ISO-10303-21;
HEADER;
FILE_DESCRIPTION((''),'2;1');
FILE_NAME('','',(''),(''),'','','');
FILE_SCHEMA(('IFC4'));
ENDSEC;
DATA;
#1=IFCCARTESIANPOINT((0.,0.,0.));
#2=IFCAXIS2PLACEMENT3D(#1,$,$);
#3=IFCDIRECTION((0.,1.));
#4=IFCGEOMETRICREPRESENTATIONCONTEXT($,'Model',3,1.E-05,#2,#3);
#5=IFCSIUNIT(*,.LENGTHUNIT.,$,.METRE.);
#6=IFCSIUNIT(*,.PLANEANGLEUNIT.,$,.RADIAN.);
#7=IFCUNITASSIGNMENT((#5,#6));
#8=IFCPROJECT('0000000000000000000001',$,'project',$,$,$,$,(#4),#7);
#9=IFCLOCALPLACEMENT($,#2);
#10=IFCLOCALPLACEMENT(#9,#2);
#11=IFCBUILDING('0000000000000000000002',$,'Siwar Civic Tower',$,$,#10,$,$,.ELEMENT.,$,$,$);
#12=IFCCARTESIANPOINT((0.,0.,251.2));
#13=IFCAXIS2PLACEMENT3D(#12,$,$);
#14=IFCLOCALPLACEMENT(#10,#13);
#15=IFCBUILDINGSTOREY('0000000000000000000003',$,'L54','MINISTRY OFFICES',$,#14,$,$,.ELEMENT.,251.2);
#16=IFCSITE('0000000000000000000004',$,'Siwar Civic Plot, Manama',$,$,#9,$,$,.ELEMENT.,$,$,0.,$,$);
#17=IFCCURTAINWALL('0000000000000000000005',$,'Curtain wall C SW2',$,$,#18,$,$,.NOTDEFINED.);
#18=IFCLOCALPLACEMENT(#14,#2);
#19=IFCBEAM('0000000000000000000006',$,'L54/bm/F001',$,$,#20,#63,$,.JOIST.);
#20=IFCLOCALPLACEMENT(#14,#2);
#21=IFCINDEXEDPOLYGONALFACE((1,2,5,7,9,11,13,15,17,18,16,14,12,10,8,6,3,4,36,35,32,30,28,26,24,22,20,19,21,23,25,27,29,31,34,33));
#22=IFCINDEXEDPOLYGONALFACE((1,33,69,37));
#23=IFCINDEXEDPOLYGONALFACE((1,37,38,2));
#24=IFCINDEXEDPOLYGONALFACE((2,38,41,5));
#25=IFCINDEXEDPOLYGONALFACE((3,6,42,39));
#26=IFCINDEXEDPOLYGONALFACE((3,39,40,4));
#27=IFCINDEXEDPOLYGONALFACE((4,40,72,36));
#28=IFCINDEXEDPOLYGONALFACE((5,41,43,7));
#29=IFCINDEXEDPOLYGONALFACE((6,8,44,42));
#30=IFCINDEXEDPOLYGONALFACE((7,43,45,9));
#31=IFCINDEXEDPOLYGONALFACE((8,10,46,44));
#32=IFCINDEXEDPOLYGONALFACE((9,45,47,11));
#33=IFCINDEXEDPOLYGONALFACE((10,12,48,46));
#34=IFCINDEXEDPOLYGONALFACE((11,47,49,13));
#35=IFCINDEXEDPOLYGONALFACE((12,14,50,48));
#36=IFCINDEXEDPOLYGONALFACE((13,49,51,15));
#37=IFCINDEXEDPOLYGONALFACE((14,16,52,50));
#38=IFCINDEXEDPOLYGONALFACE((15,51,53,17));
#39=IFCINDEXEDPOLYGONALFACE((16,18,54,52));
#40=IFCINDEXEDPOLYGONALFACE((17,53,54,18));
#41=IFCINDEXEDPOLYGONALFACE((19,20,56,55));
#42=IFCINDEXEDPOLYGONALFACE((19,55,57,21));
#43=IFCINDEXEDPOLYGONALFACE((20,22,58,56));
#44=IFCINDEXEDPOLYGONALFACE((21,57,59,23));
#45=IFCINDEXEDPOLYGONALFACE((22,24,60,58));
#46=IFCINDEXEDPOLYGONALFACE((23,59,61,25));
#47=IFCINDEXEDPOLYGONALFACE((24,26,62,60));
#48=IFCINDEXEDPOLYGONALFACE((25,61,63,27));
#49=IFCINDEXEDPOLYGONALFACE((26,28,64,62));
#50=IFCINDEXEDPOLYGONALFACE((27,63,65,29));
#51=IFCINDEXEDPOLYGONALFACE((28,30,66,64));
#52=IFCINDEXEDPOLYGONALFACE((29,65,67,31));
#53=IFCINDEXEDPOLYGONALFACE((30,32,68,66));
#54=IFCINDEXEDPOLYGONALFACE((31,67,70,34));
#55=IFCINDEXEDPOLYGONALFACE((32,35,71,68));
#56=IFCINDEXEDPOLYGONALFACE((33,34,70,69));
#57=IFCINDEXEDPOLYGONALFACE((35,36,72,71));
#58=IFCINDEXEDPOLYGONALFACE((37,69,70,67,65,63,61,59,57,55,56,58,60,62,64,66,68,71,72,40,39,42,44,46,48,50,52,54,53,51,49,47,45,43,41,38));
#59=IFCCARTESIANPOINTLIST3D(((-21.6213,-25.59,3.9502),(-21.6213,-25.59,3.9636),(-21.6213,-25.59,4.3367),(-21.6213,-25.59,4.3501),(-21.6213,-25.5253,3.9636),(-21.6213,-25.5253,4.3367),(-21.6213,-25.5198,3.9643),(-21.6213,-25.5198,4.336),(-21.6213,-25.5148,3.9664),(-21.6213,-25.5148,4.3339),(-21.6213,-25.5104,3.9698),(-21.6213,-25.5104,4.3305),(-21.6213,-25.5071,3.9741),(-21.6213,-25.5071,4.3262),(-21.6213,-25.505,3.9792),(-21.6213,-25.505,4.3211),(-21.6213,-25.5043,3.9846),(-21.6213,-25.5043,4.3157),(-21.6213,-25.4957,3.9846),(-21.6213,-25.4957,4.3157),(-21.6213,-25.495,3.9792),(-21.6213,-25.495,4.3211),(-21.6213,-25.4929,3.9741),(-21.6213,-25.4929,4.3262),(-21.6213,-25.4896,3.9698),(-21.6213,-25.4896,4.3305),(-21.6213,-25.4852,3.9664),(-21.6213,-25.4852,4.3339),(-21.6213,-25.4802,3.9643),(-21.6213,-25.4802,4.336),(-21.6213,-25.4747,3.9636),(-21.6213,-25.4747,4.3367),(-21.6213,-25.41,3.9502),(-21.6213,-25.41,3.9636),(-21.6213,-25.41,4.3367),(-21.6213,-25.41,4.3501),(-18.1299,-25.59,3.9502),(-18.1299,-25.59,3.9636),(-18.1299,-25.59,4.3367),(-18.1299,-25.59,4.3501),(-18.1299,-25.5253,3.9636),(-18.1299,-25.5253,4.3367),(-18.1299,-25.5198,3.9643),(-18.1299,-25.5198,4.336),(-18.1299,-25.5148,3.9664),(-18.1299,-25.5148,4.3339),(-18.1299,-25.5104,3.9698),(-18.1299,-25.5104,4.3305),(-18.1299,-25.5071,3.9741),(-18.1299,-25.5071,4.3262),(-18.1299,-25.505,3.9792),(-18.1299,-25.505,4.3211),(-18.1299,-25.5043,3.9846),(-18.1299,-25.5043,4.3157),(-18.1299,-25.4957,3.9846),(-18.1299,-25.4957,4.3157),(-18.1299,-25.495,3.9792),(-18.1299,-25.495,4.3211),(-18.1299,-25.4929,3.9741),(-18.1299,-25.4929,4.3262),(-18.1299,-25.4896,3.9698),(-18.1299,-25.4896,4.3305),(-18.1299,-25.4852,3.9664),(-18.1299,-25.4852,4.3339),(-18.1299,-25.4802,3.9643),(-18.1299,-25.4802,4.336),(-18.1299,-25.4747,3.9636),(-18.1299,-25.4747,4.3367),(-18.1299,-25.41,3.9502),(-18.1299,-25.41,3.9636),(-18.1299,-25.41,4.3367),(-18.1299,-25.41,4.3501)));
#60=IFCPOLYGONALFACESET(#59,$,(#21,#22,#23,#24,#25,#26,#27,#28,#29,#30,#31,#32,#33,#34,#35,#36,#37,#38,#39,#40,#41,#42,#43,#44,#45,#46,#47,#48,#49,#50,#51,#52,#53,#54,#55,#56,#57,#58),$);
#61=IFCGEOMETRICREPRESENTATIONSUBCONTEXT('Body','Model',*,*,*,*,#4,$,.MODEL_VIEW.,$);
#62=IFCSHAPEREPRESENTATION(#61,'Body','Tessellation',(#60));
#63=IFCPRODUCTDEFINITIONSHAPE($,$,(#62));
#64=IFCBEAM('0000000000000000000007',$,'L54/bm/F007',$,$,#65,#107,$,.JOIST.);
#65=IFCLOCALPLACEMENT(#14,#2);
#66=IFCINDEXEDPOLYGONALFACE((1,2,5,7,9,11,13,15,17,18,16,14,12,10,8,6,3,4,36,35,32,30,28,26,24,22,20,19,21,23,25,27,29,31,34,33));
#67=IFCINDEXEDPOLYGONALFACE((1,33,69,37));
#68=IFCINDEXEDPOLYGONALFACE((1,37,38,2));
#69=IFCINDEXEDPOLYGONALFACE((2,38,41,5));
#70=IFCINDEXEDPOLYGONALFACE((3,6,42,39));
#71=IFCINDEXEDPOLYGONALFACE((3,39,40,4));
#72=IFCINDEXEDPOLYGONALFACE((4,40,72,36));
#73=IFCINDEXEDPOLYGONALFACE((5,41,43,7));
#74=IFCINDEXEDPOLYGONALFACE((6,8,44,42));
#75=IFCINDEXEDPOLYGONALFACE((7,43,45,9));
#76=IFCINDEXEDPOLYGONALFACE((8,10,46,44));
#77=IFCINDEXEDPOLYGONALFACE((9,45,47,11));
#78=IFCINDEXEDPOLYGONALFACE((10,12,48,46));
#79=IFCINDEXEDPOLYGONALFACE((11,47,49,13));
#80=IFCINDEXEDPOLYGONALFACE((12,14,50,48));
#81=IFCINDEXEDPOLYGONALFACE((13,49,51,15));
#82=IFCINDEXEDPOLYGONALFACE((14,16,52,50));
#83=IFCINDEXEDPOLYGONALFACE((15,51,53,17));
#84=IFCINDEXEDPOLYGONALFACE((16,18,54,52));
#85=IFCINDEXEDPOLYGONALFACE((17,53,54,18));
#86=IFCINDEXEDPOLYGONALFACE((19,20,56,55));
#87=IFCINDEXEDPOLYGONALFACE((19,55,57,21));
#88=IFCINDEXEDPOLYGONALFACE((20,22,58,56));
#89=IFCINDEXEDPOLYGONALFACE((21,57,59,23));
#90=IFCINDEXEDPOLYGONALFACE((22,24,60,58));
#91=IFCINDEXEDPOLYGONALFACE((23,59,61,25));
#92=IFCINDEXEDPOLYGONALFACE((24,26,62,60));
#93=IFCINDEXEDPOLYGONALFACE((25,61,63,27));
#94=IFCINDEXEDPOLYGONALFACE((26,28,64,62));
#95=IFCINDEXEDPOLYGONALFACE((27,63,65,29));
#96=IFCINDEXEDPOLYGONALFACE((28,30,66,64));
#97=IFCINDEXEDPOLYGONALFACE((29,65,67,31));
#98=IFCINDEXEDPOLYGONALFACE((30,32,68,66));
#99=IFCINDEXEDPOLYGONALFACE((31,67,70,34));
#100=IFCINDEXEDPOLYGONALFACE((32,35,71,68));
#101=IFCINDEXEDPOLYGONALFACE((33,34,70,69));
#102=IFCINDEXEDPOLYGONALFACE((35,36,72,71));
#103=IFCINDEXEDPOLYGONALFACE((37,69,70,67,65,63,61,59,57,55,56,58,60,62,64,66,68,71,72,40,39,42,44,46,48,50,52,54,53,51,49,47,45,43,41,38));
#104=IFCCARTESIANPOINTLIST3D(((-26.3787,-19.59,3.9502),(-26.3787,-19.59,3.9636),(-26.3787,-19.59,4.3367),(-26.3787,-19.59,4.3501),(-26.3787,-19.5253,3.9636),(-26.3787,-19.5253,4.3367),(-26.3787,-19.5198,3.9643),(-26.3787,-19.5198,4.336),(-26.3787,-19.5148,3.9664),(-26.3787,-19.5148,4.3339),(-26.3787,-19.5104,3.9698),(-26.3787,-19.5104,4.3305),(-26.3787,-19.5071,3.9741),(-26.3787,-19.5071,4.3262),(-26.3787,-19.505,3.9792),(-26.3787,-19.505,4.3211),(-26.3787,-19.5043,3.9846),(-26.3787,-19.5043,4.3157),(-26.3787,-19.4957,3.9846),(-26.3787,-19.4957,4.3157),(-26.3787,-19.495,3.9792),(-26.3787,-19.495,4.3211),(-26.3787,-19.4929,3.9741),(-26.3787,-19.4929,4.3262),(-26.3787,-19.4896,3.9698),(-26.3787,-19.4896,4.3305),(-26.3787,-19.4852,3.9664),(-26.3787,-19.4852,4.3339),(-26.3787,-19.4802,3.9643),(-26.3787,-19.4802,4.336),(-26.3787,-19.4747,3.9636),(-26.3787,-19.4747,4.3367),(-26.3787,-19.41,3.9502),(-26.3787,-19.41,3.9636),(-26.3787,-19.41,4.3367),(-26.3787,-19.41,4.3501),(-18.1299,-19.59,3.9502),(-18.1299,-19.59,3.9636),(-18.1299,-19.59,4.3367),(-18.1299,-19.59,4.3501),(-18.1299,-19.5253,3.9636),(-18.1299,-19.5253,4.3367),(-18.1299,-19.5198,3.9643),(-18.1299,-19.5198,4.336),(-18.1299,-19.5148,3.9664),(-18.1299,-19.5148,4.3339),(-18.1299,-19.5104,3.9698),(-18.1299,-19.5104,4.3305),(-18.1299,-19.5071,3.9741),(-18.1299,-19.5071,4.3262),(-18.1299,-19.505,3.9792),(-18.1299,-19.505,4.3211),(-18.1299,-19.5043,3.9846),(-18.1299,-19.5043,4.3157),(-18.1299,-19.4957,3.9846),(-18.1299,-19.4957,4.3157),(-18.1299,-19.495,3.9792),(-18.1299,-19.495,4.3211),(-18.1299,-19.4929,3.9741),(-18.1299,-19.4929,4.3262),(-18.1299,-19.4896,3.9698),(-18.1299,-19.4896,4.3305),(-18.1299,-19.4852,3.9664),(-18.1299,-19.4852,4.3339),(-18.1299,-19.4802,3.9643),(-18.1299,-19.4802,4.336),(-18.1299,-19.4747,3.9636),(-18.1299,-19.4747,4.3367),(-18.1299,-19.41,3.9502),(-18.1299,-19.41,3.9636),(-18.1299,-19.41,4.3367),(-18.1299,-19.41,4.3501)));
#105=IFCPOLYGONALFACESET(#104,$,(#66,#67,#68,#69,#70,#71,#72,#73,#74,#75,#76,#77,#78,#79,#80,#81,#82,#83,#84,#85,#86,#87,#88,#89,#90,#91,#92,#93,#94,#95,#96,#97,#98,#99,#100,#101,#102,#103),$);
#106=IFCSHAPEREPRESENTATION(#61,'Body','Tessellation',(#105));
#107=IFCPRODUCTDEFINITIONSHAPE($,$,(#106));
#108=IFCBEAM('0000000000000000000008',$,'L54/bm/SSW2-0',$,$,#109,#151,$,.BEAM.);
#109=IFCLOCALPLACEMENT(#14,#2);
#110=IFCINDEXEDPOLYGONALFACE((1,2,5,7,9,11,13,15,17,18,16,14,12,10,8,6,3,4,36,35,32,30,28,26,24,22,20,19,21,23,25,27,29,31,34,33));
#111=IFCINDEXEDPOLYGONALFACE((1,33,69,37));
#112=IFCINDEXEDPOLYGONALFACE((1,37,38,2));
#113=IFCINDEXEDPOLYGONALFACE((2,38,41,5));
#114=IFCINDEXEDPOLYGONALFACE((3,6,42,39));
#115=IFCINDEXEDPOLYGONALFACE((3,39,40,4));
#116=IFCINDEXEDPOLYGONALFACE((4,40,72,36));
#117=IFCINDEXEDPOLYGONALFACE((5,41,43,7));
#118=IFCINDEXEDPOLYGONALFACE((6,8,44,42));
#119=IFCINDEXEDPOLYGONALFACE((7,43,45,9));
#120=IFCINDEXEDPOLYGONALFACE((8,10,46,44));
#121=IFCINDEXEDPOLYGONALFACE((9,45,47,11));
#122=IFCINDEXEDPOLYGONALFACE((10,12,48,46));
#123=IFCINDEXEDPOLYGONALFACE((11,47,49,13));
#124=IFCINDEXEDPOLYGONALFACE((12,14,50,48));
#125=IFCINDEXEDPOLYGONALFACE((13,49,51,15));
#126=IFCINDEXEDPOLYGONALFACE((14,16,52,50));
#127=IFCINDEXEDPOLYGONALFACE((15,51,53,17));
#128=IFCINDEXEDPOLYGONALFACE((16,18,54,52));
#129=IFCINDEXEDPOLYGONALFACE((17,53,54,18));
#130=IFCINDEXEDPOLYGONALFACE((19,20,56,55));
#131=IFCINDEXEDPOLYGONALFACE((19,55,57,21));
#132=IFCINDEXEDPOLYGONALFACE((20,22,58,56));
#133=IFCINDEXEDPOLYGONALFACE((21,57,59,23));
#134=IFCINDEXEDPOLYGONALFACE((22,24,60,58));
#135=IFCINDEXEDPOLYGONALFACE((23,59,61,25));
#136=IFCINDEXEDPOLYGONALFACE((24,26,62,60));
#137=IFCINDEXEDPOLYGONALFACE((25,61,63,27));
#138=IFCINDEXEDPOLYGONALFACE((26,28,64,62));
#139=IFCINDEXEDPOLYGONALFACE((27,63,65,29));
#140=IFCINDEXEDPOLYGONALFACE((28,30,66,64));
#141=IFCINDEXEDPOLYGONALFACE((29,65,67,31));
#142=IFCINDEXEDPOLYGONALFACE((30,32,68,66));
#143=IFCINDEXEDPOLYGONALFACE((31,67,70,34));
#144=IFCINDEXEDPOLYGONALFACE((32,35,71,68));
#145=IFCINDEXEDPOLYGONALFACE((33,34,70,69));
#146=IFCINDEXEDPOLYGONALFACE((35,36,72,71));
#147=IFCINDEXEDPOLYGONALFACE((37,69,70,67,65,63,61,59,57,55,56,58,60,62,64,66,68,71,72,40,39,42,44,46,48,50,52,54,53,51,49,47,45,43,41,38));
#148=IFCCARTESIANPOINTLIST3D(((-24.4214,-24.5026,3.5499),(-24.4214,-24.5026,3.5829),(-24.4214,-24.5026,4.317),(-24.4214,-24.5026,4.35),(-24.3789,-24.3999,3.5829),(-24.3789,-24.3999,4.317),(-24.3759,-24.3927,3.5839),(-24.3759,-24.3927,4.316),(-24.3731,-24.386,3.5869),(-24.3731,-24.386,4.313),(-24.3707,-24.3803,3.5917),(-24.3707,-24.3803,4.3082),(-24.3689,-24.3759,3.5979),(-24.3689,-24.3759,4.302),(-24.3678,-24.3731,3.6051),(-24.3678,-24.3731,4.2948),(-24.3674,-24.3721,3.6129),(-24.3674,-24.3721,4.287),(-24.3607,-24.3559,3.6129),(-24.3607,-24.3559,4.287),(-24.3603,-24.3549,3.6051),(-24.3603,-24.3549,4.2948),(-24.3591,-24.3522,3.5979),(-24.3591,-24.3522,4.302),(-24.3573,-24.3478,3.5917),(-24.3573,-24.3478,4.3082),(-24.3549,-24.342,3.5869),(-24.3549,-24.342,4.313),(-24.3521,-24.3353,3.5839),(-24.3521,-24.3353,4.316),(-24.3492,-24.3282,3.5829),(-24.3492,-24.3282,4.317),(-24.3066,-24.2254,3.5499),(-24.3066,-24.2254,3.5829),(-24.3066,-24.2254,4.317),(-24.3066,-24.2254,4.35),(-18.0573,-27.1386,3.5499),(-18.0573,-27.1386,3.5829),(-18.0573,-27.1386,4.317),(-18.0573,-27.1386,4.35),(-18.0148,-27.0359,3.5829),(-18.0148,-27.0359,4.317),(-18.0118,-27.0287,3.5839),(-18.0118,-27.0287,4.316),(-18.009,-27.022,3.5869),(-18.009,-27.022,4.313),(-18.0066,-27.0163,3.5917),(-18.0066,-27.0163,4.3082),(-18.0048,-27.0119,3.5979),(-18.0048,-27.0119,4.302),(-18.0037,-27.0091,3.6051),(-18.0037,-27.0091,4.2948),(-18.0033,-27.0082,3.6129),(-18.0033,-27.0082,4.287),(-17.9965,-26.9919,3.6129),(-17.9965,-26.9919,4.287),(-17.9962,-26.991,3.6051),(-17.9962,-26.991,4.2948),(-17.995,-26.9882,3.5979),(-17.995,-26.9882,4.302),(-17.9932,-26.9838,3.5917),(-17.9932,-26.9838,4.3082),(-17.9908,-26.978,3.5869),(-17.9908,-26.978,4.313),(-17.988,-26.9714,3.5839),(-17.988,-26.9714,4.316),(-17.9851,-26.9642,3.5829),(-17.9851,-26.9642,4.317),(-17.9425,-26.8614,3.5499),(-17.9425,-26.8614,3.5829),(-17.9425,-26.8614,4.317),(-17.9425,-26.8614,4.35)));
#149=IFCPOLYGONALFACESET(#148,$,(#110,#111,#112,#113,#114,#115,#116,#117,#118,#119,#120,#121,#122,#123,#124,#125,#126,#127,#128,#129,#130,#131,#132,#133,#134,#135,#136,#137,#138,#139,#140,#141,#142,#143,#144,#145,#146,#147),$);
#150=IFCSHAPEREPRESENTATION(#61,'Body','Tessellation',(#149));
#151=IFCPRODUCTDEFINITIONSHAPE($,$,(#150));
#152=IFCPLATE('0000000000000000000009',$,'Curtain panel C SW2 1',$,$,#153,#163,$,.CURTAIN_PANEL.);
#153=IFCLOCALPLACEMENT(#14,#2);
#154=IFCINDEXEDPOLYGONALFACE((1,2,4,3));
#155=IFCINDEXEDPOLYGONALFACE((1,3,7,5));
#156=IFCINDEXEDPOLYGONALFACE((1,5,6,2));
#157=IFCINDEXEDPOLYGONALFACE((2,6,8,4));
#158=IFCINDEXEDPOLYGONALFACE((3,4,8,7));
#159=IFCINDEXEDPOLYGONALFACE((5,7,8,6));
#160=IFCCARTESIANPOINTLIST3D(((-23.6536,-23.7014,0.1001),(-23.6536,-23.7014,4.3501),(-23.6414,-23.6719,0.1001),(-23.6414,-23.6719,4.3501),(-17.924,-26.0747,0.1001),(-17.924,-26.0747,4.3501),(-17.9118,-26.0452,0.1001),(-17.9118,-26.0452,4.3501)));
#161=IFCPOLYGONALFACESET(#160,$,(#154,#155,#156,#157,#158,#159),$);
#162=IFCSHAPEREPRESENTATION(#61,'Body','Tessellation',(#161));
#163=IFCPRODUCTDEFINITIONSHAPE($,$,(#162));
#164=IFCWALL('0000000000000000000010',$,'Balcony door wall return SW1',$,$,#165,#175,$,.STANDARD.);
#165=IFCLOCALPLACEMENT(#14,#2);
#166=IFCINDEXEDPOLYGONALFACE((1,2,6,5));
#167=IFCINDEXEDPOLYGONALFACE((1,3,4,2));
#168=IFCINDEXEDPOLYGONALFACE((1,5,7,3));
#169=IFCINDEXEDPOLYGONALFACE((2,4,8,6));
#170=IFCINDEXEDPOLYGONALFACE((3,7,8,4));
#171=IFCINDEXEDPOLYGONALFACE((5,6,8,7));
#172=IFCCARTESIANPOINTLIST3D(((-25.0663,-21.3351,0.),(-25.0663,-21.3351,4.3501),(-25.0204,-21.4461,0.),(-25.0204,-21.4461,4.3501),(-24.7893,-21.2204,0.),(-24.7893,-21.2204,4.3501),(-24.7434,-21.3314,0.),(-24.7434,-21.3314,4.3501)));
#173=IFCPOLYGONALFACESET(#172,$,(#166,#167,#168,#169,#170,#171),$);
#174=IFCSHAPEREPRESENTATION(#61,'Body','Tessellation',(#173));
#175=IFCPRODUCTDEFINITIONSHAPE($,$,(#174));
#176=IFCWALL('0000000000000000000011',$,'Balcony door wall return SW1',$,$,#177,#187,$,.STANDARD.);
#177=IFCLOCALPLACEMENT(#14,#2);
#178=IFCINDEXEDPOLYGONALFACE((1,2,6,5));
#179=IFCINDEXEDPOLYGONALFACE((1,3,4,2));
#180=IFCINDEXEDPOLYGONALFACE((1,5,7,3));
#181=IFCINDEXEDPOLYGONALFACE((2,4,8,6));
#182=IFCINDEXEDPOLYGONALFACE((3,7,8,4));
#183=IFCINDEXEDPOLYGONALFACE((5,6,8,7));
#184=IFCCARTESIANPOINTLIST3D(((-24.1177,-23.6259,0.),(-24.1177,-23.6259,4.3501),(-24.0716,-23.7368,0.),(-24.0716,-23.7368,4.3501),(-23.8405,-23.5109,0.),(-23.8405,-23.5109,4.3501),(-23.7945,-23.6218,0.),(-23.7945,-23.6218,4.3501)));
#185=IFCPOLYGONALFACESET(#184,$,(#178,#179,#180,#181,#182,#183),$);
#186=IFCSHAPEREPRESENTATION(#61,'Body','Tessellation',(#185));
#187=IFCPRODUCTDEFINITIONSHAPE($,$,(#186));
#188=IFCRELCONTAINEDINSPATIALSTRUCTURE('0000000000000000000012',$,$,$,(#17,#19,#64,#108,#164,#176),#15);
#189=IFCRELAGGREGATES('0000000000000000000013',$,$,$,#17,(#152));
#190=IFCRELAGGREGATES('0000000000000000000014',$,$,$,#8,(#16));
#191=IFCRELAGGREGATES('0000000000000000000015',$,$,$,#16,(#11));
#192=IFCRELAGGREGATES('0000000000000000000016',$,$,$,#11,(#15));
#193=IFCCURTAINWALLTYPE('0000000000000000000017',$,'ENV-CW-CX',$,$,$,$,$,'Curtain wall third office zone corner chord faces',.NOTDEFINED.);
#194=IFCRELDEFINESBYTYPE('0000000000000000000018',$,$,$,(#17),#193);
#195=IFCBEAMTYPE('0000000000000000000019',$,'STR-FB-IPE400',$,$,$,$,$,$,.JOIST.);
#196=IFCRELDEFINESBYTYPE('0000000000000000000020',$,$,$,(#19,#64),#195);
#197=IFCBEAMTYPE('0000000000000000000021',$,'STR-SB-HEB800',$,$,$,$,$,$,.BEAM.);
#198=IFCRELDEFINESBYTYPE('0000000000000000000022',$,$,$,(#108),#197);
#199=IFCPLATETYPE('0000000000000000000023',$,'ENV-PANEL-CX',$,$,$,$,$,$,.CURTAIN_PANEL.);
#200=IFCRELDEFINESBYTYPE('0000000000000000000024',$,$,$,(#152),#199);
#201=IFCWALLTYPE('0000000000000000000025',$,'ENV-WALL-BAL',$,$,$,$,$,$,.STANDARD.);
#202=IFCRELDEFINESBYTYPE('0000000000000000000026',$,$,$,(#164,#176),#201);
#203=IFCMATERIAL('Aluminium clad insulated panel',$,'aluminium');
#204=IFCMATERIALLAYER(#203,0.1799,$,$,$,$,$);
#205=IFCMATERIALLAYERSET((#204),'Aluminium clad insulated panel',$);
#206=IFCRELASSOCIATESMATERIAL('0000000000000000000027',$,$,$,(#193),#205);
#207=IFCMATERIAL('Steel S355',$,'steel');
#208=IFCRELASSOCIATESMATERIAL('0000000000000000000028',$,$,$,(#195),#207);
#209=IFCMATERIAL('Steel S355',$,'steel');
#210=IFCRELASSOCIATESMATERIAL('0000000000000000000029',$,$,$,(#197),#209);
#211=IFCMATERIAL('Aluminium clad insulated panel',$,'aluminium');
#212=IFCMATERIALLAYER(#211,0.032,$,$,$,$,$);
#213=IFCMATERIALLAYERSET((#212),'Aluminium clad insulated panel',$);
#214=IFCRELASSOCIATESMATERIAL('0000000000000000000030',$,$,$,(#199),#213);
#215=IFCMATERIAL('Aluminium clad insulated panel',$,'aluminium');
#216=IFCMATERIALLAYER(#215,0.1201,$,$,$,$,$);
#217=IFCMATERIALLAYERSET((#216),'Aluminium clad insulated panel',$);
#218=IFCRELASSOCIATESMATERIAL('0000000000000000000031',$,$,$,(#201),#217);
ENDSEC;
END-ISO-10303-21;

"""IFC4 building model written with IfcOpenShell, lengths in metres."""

from ifc_helpers import new_model, si_unit, direction, frame, frame_2d, origin, origin_2d, place, context, subcontext, project, spatial, rectangle, i_section, extrude, material, layer, layer_set, material_profile, profile_set, type_object, element, aggregate, save


model = new_model("IFC4")

# Units and contexts
model_context = context("Model", 3, precision=1e-05, world=origin(), true_north=direction((0.0, 1.0)))
body_context = subcontext(model_context, "Body", "Model", "MODEL_VIEW")
ifc_project = project(units=[si_unit("LENGTHUNIT", "METRE"), si_unit("PLANEANGLEUNIT", "RADIAN")], contexts=[model_context])

# Site, building, storey
site_placement = place(None, origin())
site = spatial("IfcSite", under=ifc_project, at=site_placement, Name="Siwar Civic Plot, Manama", CompositionType="ELEMENT", RefElevation=0.0)
building_placement = place(site_placement, origin())
building = spatial("IfcBuilding", under=site, at=building_placement, Name="Siwar Civic Tower", CompositionType="ELEMENT")
storey_placement = place(building_placement, frame((0.0, 0.0, 251.2)))
storey = spatial("IfcBuildingStorey", under=building, at=storey_placement, Name="L54", Description="MINISTRY OFFICES", CompositionType="ELEMENT", Elevation=251.2)

# Shared definitions
ifc_material_1 = material(Name="Aluminium clad insulated panel", Category="aluminium")
ifc_layer_1 = layer(ifc_material_1, 0.1799)
ifc_layer_set_1 = layer_set([ifc_layer_1], Name="Aluminium clad insulated panel")
curtain_wall_type = type_object("IfcCurtainWallType", Name="ENV-CW-CX", ElementType="Curtain wall third office zone corner chord faces", PredefinedType="NOTDEFINED", material=ifc_layer_set_1)

# Curtain wall
curtain_wall_1_placement = place(storey_placement, origin())
curtain_wall_1 = element("IfcCurtainWall", 1, at=curtain_wall_1_placement, inside=storey, type_object=curtain_wall_type, Name="Curtain wall C SW2", PredefinedType="NOTDEFINED")

# Beams
ifc_material_2 = material(Name="Steel S355", Category="steel")
ifc_material_profile_1 = material_profile(ifc_material_2, i_section(OverallWidth=0.1799, OverallDepth=0.3999, WebThickness=0.0085, FlangeThickness=0.0134, FilletRadius=0.021, at=origin_2d()), Name="IPE400")
ifc_profile_set_1 = profile_set([ifc_material_profile_1], Name="Steel S355")
beam_type_1 = type_object("IfcBeamType", Name="STR-FB-IPE400", PredefinedType="JOIST", material=ifc_profile_set_1)
beam_1_placement = place(storey_placement, frame((-21.6213, -25.5, 4.1501), z_axis=(1.0, 0.0, 0.0), x_axis=(0.0, 1.0, 0.0)))
element("IfcBeam", 2, at=beam_1_placement, inside=storey, type_object=beam_type_1, Name="L54/bm/F001", PredefinedType="JOIST", context=body_context, shape_type="SweptSolid", body=[
    extrude(i_section(OverallWidth=0.1799, OverallDepth=0.3999, WebThickness=0.0085, FlangeThickness=0.0134, FilletRadius=0.021, at=origin_2d()), origin(), (0.0, 0.0, 1.0), 3.4915),
])
beam_2_placement = place(storey_placement, frame((-26.3787, -19.5, 4.1501), z_axis=(1.0, 0.0, 0.0), x_axis=(0.0, 1.0, 0.0)))
element("IfcBeam", 3, at=beam_2_placement, inside=storey, type_object=beam_type_1, Name="L54/bm/F007", PredefinedType="JOIST", context=body_context, shape_type="SweptSolid", body=[
    extrude(i_section(OverallWidth=0.1799, OverallDepth=0.3999, WebThickness=0.0085, FlangeThickness=0.0134, FilletRadius=0.021, at=origin_2d()), origin(), (0.0, 0.0, 1.0), 8.2488),
])
ifc_material_3 = material(Name="Steel S355", Category="steel")
ifc_material_profile_2 = material_profile(ifc_material_3, i_section(OverallWidth=0.3, OverallDepth=0.8, WebThickness=0.0176, FlangeThickness=0.033, FilletRadius=0.03, at=origin_2d()), Name="HEB800")
ifc_profile_set_2 = profile_set([ifc_material_profile_2], Name="Steel S355")
beam_type_2 = type_object("IfcBeamType", Name="STR-SB-HEB800", PredefinedType="BEAM", material=ifc_profile_set_2)
beam_3_placement = place(storey_placement, frame((-24.364, -24.364, 3.95), z_axis=(0.923883, -0.382674, 0.0), x_axis=(0.382674, 0.923883, 0.0)))
element("IfcBeam", 4, at=beam_3_placement, inside=storey, type_object=beam_type_2, Name="L54/bm/SSW2-0", PredefinedType="BEAM", context=body_context, shape_type="SweptSolid", body=[
    extrude(i_section(OverallWidth=0.3, OverallDepth=0.8, WebThickness=0.0176, FlangeThickness=0.033, FilletRadius=0.03, at=origin_2d()), origin(), (0.0, 0.0, 1.0), 6.8884),
])

# Plate
ifc_material_4 = material(Name="Aluminium clad insulated panel", Category="aluminium")
ifc_layer_2 = layer(ifc_material_4, 0.032)
ifc_layer_set_2 = layer_set([ifc_layer_2], Name="Aluminium clad insulated panel")
plate_type = type_object("IfcPlateType", Name="ENV-PANEL-CX", PredefinedType="CURTAIN_PANEL", material=ifc_layer_set_2)
plate_placement = place(storey_placement, frame((-20.7827, -24.8733, 0.1001), z_axis=(0.0, 0.0, 1.0), x_axis=(0.92388, -0.382683, 0.0)))
plate = element("IfcPlate", 5, at=plate_placement, type_object=plate_type, Name="Curtain panel C SW2 1", PredefinedType="CURTAIN_PANEL", context=body_context, shape_type="SweptSolid", body=[
    extrude(rectangle(XDim=6.2017, YDim=0.032, at=origin_2d()), origin(), (0.0, 0.0, 1.0), 4.25),
])
aggregate(curtain_wall_1, [plate])

# Walls
ifc_material_5 = material(Name="Aluminium clad insulated panel", Category="aluminium")
ifc_layer_3 = layer(ifc_material_5, 0.1201)
ifc_layer_set_3 = layer_set([ifc_layer_3], Name="Aluminium clad insulated panel")
wall_type = type_object("IfcWallType", Name="ENV-WALL-BAL", PredefinedType="STANDARD", material=ifc_layer_set_3)
wall_1_placement = place(storey_placement, frame((-24.7664, -21.2759, 0.0), z_axis=(0.0, 0.0, 1.0), x_axis=(-0.923918, -0.382591, 0.0)))
element("IfcWall", 6, at=wall_1_placement, inside=storey, type_object=wall_type, Name="Balcony door wall return SW1", PredefinedType="STANDARD", context=body_context, shape_type="SweptSolid", body=[
    extrude(rectangle(XDim=0.2998, YDim=0.1201, at=frame_2d((0.1499, 0.0))), origin(), (0.0, 0.0, 1.0), 4.3501),
])
wall_2_placement = place(storey_placement, frame((-23.8176, -23.5664, 0.0), z_axis=(0.0, 0.0, 1.0), x_axis=(-0.92363, -0.383286, 0.0)))
element("IfcWall", 7, at=wall_2_placement, inside=storey, type_object=wall_type, Name="Balcony door wall return SW1", PredefinedType="STANDARD", context=body_context, shape_type="SweptSolid", body=[
    extrude(rectangle(XDim=0.3, YDim=0.1201, at=frame_2d((0.1499, 0.0))), origin(), (0.0, 0.0, 1.0), 4.3501),
])

save(model, "model.ifc")
